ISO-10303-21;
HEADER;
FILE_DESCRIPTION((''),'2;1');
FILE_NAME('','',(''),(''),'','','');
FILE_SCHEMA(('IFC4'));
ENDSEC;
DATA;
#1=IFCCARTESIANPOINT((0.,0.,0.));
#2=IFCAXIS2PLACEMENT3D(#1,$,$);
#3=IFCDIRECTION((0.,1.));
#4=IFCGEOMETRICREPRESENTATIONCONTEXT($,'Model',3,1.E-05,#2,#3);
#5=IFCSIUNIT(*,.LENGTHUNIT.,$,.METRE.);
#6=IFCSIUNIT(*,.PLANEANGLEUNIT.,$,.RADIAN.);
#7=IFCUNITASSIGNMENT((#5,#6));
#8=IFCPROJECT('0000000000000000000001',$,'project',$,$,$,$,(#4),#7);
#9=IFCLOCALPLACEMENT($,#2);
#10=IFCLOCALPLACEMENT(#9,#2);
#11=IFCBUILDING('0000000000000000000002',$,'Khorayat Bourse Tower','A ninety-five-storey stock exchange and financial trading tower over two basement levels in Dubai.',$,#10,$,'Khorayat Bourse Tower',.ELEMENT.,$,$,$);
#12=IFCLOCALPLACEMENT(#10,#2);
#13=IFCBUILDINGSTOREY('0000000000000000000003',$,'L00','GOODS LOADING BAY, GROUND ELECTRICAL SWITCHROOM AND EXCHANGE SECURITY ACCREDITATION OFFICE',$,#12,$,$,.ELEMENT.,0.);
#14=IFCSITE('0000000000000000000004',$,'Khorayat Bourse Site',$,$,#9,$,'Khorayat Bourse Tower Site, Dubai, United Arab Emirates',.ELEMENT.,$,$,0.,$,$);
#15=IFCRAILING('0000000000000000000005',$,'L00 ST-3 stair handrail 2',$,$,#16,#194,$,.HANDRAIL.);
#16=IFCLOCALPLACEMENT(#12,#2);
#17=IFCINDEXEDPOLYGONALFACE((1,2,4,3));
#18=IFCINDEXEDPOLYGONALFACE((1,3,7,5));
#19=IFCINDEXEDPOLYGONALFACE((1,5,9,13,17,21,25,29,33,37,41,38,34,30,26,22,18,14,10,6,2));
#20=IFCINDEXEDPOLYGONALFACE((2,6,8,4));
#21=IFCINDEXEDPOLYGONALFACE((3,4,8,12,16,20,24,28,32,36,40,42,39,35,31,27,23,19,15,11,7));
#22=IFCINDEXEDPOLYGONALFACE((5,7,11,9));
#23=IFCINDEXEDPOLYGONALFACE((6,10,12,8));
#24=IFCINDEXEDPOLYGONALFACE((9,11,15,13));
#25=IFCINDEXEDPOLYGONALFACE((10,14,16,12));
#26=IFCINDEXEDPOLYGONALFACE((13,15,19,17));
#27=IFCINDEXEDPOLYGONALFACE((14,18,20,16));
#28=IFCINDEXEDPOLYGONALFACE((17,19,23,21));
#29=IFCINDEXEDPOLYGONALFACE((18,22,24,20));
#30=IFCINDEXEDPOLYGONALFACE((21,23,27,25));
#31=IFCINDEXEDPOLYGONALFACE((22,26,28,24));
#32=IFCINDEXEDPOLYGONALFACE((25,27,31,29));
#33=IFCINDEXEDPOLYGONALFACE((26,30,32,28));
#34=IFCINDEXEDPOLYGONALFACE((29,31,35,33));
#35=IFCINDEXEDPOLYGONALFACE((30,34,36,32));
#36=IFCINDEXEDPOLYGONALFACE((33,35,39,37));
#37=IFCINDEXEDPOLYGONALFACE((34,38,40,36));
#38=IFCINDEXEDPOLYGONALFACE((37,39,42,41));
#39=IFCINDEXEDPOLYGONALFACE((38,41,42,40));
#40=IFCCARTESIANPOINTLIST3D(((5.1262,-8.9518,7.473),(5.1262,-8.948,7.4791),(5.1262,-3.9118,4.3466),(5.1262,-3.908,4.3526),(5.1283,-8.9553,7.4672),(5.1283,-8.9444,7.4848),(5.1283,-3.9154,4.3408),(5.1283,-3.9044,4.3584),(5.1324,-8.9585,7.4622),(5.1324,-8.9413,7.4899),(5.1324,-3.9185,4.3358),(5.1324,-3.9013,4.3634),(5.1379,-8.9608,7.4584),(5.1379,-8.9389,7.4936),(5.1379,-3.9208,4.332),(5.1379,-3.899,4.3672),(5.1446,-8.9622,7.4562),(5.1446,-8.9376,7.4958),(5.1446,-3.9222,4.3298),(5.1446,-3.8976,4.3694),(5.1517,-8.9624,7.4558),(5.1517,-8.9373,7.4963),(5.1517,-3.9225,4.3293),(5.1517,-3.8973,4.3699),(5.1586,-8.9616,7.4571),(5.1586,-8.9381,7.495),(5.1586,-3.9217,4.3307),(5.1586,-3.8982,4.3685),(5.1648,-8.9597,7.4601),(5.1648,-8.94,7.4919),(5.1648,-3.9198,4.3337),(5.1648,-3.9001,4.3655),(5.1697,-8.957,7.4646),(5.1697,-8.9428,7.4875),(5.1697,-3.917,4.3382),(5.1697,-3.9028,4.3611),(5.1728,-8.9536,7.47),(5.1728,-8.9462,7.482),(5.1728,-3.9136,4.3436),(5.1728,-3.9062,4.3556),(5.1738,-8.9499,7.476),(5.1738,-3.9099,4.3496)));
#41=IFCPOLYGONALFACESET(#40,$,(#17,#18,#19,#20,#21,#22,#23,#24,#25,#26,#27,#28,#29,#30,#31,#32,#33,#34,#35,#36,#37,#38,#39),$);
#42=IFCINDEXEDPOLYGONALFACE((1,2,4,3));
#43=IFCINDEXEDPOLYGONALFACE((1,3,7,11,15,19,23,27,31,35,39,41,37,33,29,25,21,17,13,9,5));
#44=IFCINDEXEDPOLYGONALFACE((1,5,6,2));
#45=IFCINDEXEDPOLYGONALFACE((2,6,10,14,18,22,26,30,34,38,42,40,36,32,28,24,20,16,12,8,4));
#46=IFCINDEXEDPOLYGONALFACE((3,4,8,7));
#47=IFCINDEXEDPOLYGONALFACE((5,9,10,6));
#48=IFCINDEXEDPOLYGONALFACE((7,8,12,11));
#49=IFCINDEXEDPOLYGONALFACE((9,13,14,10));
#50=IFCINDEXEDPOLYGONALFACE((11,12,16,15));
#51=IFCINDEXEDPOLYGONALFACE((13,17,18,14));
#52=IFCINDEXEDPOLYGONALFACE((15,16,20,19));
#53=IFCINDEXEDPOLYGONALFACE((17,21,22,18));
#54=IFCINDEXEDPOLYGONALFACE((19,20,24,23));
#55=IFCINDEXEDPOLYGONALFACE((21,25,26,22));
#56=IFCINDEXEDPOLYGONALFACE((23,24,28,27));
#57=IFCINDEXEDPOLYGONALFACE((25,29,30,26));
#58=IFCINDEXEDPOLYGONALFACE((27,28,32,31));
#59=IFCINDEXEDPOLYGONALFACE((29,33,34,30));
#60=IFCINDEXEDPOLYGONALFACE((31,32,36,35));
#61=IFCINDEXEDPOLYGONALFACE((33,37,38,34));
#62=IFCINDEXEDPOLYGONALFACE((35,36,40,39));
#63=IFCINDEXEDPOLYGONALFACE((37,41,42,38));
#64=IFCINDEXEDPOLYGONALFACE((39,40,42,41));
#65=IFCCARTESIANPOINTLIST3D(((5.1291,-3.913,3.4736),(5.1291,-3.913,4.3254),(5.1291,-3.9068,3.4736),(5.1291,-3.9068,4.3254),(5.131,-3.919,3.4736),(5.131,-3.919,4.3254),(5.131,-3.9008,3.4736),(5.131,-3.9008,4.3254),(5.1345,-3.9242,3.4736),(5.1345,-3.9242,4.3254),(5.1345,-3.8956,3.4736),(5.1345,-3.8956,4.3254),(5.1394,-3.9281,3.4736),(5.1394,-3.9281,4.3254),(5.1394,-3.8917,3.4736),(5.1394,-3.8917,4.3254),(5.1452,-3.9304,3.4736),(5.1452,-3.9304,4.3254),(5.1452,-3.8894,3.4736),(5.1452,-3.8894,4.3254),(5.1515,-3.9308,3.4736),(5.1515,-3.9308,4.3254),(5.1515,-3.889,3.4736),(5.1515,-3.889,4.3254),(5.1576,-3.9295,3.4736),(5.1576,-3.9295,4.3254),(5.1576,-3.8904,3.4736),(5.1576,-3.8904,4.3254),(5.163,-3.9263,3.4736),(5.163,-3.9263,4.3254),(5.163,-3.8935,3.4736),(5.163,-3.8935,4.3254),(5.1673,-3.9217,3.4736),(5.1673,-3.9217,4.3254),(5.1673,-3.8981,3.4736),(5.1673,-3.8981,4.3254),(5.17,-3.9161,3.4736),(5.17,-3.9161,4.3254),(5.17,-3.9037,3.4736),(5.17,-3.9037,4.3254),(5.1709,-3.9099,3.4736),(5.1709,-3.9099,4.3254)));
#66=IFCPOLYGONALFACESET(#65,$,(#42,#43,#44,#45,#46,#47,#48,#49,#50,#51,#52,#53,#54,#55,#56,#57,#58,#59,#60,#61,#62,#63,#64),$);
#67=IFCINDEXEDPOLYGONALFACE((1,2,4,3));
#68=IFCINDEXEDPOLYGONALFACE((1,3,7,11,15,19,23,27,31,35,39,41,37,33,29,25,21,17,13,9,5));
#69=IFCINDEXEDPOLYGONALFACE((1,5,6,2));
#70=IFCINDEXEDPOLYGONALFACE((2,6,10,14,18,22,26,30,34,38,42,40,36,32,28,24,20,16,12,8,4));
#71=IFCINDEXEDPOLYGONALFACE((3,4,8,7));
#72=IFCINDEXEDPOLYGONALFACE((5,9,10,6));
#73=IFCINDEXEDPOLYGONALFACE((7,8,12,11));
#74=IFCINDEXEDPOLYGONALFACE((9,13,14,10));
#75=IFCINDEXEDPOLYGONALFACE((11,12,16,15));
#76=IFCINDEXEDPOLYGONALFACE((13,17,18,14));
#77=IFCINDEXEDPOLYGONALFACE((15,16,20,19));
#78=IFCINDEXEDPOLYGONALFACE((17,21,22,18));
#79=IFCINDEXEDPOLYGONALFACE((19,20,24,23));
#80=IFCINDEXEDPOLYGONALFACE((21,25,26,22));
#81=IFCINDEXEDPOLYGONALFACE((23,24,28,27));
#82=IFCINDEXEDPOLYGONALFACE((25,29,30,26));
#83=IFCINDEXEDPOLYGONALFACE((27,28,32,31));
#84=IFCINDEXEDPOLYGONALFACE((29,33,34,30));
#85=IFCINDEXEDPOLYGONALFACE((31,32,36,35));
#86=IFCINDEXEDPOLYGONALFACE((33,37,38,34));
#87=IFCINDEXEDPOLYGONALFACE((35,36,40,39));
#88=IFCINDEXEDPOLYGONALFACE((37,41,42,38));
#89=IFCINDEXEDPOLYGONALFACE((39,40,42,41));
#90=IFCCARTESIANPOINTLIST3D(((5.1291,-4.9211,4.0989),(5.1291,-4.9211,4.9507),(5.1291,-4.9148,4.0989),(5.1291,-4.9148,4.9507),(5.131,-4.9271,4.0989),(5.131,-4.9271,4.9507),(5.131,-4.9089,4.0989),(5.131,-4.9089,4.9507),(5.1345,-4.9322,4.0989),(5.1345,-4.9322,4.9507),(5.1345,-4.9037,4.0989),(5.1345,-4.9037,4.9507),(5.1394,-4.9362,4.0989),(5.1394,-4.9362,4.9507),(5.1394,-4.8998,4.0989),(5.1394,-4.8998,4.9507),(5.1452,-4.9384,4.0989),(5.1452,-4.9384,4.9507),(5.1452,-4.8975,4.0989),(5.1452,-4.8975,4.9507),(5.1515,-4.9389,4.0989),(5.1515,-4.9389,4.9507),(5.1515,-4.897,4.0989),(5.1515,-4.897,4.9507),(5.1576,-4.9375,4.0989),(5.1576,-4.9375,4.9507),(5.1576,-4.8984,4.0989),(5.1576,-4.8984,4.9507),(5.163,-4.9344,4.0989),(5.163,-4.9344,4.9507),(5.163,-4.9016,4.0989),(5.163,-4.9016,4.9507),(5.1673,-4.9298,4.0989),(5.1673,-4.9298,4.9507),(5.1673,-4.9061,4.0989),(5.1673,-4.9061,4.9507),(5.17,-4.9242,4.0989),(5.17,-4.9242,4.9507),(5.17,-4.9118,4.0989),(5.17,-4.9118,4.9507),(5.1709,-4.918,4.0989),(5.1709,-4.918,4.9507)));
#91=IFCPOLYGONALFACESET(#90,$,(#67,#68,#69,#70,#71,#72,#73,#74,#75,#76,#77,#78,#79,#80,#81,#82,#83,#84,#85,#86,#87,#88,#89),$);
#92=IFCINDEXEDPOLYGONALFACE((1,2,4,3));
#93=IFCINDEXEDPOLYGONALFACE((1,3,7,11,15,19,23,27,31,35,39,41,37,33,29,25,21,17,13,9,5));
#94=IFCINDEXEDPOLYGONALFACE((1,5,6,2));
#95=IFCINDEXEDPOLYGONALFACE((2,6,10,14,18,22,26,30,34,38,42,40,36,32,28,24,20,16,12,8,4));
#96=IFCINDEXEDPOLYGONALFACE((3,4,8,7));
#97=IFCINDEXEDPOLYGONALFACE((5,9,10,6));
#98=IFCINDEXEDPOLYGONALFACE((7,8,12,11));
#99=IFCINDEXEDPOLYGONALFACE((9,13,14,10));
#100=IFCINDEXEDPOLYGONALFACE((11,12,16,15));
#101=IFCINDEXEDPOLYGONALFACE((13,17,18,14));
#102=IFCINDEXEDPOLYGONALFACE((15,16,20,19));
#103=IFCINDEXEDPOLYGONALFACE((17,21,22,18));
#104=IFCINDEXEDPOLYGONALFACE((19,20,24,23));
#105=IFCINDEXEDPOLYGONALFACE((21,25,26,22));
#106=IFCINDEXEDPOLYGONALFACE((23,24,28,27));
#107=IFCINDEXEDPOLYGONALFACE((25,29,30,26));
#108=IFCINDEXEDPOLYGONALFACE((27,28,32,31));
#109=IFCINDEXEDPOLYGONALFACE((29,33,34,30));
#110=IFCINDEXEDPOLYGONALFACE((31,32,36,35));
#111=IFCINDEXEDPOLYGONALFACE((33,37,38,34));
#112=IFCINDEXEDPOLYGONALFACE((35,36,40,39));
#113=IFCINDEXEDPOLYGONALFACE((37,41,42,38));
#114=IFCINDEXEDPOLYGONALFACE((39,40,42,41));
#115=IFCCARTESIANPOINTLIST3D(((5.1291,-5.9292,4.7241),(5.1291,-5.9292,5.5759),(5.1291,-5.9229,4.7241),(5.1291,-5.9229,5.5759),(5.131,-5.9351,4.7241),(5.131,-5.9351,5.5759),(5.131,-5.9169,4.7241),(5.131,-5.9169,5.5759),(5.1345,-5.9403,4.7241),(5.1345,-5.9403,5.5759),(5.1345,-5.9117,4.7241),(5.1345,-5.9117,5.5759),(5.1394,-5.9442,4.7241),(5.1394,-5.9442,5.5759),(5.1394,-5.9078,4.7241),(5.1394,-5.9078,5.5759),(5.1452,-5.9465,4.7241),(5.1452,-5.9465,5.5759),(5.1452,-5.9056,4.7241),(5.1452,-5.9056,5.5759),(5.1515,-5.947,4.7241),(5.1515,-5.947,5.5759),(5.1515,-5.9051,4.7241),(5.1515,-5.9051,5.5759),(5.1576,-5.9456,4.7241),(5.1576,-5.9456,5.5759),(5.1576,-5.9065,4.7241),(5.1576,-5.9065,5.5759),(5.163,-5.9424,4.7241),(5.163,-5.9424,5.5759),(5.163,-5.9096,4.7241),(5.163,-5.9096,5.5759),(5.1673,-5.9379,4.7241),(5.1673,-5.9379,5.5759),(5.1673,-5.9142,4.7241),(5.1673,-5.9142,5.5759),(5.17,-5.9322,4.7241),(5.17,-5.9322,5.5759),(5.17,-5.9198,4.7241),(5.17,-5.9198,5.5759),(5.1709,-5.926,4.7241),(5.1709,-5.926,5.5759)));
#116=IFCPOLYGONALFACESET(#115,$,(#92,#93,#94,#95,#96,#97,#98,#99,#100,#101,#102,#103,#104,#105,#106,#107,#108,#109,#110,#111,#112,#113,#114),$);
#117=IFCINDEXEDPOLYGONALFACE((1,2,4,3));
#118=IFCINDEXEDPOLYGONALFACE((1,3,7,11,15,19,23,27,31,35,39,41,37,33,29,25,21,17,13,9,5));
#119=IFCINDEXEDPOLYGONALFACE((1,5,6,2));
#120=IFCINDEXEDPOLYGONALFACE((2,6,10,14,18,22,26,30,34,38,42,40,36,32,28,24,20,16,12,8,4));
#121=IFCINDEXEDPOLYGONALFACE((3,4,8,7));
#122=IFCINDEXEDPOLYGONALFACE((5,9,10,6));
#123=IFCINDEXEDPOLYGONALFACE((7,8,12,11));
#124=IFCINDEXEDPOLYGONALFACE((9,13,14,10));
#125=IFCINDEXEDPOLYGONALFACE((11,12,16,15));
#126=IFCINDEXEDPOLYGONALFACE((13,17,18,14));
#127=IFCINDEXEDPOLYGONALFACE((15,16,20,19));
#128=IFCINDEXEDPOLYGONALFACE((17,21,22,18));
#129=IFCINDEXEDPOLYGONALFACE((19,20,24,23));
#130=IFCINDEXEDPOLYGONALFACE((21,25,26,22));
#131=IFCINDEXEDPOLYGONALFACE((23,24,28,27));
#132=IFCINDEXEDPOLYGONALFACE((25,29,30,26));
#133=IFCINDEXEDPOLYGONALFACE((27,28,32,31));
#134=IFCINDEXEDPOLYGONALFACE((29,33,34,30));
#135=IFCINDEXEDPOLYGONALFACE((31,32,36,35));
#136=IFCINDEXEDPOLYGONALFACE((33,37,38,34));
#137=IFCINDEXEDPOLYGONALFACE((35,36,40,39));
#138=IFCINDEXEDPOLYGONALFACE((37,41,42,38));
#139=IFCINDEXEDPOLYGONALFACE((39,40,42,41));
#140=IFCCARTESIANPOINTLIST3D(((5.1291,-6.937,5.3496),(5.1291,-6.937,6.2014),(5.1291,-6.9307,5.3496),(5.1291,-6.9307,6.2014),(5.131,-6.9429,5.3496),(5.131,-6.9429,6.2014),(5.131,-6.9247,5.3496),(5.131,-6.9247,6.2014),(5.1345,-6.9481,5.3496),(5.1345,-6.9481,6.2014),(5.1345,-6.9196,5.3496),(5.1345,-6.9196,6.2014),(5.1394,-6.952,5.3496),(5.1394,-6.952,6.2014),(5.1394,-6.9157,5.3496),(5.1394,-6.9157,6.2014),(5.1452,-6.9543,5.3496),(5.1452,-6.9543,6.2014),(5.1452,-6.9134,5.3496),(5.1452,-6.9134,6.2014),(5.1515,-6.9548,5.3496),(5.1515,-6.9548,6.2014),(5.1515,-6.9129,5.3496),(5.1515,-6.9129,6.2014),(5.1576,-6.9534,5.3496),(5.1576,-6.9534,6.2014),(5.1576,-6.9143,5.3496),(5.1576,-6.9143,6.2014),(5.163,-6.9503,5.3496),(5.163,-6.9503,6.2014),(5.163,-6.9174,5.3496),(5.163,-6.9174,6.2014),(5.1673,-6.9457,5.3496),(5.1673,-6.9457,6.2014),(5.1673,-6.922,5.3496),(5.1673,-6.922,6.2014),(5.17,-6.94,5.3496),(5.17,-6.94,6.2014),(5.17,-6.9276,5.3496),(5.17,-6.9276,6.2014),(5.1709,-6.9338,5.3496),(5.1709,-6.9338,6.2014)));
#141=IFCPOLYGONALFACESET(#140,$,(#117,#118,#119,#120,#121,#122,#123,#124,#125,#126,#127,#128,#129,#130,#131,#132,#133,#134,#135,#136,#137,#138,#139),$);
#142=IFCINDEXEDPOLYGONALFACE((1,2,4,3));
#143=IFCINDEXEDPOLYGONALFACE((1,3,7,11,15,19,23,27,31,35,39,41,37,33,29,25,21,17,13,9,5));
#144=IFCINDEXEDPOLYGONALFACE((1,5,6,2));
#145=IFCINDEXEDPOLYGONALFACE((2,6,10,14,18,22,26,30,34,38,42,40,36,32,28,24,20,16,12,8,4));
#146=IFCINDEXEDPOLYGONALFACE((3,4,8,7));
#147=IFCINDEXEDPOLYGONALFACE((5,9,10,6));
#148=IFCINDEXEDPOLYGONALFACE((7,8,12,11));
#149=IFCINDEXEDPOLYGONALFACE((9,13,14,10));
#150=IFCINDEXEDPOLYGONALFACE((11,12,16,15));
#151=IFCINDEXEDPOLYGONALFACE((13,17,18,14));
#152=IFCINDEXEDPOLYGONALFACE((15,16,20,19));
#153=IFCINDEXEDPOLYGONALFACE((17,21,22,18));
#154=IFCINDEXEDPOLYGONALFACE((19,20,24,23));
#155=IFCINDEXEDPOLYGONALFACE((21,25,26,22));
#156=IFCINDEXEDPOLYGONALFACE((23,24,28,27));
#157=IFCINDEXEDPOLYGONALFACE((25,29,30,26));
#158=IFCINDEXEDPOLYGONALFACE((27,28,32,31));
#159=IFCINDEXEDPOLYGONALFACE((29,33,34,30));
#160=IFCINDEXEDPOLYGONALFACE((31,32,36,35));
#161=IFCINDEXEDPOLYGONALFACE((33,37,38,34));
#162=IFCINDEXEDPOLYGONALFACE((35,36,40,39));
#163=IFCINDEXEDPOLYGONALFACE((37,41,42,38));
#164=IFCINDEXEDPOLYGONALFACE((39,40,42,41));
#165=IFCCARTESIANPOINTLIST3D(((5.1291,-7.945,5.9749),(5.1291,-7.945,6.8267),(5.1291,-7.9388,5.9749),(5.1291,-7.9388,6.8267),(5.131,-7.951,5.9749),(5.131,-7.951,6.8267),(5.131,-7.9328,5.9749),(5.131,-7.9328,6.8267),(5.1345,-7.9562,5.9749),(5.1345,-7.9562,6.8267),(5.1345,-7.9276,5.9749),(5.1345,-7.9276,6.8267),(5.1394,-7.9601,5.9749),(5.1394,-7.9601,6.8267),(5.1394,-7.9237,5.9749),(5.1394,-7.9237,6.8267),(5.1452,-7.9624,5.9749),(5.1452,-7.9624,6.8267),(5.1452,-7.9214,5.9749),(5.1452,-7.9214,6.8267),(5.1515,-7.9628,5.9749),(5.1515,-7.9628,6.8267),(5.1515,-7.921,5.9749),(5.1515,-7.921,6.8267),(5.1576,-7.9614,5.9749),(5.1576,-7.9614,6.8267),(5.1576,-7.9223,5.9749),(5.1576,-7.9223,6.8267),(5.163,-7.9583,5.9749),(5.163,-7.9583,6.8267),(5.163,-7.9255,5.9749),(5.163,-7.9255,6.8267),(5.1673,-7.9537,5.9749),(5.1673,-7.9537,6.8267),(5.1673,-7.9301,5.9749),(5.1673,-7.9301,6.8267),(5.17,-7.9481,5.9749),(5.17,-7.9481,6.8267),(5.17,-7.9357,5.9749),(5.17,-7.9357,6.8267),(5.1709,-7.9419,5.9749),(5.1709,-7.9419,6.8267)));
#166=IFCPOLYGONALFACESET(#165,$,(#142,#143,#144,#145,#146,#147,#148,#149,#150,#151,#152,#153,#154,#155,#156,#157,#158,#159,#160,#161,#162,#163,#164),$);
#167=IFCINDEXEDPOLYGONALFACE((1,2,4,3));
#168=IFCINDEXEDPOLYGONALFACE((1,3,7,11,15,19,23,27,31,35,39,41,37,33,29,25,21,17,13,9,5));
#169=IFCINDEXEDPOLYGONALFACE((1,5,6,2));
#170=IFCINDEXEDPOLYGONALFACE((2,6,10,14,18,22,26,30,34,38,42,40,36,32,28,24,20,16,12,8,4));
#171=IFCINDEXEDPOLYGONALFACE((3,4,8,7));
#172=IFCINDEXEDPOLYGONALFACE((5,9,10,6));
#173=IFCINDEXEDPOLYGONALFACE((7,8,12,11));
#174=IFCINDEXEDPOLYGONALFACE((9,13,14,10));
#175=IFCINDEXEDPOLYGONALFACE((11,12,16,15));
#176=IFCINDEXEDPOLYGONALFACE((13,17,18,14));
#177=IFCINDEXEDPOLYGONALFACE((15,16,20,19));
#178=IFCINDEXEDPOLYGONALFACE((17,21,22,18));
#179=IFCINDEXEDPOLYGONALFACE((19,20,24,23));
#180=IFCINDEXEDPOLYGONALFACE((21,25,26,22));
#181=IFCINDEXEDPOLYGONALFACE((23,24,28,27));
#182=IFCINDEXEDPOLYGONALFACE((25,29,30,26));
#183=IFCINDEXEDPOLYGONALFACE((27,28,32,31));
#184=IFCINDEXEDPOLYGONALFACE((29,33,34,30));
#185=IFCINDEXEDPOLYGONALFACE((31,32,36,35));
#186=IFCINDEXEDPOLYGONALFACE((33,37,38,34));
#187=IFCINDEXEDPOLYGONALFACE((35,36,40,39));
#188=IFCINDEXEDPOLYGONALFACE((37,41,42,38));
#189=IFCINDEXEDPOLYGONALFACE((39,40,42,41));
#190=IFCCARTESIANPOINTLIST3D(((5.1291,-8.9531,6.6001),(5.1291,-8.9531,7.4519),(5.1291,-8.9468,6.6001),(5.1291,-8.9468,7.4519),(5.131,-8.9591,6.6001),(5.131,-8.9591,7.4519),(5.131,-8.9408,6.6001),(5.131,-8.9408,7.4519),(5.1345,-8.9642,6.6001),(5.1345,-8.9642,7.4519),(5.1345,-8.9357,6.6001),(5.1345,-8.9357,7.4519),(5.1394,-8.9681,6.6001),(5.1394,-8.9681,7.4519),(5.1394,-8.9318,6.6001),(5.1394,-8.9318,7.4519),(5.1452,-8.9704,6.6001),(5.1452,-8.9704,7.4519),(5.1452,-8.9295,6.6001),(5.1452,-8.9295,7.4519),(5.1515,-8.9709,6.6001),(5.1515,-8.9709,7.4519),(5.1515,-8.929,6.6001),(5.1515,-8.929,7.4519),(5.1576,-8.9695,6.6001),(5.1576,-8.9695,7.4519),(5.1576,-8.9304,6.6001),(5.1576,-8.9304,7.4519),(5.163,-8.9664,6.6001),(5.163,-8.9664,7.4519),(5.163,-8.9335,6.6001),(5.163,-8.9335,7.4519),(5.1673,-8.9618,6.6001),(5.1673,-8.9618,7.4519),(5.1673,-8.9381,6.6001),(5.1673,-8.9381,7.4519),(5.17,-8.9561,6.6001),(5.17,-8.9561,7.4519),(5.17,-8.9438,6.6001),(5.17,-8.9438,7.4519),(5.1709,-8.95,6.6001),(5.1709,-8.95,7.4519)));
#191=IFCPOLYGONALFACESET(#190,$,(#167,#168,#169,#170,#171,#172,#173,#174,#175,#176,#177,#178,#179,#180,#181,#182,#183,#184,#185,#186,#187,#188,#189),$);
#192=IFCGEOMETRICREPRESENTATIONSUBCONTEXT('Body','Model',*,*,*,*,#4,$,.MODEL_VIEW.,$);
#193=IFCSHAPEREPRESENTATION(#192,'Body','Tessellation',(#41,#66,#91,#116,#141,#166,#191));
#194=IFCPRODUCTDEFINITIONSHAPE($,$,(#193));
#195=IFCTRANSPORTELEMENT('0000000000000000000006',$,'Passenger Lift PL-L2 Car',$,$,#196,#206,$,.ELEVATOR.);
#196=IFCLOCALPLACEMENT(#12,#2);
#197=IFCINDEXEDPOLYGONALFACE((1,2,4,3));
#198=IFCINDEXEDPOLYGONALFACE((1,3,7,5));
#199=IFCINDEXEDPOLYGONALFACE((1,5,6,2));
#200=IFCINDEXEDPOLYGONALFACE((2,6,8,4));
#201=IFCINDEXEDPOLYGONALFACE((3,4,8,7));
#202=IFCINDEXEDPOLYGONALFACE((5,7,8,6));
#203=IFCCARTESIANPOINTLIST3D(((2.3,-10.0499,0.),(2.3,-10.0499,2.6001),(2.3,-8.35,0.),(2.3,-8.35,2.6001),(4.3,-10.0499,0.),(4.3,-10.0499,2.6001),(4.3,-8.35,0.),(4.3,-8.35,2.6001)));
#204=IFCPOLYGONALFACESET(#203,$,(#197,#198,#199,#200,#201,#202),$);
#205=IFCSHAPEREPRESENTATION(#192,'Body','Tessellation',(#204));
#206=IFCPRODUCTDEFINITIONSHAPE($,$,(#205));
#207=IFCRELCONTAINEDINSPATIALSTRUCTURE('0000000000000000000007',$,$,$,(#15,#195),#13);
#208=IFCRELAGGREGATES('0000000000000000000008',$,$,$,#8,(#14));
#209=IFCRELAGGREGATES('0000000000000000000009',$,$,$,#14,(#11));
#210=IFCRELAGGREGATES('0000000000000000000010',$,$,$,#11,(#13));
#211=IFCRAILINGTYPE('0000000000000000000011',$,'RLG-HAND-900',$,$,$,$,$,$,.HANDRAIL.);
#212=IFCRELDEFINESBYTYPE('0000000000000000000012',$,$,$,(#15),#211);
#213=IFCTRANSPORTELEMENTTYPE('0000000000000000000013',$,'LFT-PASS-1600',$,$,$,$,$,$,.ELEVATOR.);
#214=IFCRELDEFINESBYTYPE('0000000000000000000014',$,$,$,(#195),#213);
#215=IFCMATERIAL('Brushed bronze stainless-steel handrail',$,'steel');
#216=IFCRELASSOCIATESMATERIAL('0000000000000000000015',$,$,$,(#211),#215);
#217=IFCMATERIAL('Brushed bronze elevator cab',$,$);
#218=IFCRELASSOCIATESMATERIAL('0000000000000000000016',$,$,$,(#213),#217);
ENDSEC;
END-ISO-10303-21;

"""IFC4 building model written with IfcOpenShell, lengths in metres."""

from ifc_helpers import new_model, si_unit, direction, frame, origin, origin_2d, place, context, subcontext, project, spatial, rectangle, circle, extrude, source, transform, mapped, material, type_object, element, save


model = new_model("IFC4")

# Units and contexts
model_context = context("Model", 3, precision=1e-05, world=origin(), true_north=direction((0.0, 1.0)))
body_context = subcontext(model_context, "Body", "Model", "MODEL_VIEW")
ifc_project = project(units=[si_unit("LENGTHUNIT", "METRE"), si_unit("PLANEANGLEUNIT", "RADIAN")], contexts=[model_context])

# Site, building, storey
site_placement = place(None, origin())
site = spatial("IfcSite", under=ifc_project, at=site_placement, Name="Khorayat Bourse Site", LongName="Khorayat Bourse Tower Site, Dubai, United Arab Emirates", CompositionType="ELEMENT", RefElevation=0.0)
building_placement = place(site_placement, origin())
building = spatial("IfcBuilding", under=site, at=building_placement, Name="Khorayat Bourse Tower", Description="A ninety-five-storey stock exchange and financial trading tower over two basement levels in Dubai.", LongName="Khorayat Bourse Tower", CompositionType="ELEMENT")
storey_placement = place(building_placement, origin())
storey = spatial("IfcBuildingStorey", under=building, at=storey_placement, Name="L00", Description="GOODS LOADING BAY, GROUND ELECTRICAL SWITCHROOM AND EXCHANGE SECURITY ACCREDITATION OFFICE", CompositionType="ELEMENT", Elevation=0.0)

# Railing
ifc_material_1 = material(Name="Brushed bronze stainless-steel handrail", Category="steel")
railing_type_1 = type_object("IfcRailingType", Name="RLG-HAND-900", PredefinedType="HANDRAIL", material=ifc_material_1)
shared_shape_1 = source(origin(), body_context, "Body", "SweptSolid", [
    extrude(circle(Radius=0.0239, at=origin_2d()), frame((0.0, 0.0, 0.876), z_axis=(0.0, -0.849779, 0.527139), x_axis=(1.0, 0.0, 0.0)), (0.0, 0.0, 1.0), 5.9309),
    extrude(circle(Radius=0.021, at=origin_2d()), origin(), (0.0, 0.0, 1.0), 0.8518),
    extrude(circle(Radius=0.021, at=origin_2d()), frame((0.0, -1.0081, 0.6252)), (0.0, 0.0, 1.0), 0.8518),
    extrude(circle(Radius=0.021, at=origin_2d()), frame((0.0, -2.0161, 1.2505)), (0.0, 0.0, 1.0), 0.8518),
    extrude(circle(Radius=0.021, at=origin_2d()), frame((0.0, -3.0239, 1.876)), (0.0, 0.0, 1.0), 0.8518),
    extrude(circle(Radius=0.021, at=origin_2d()), frame((0.0, -4.032, 2.5012)), (0.0, 0.0, 1.0), 0.8518),
    extrude(circle(Radius=0.021, at=origin_2d()), frame((0.0, -5.04, 3.1265)), (0.0, 0.0, 1.0), 0.8518),
])
railing_1_placement = place(storey_placement, frame((5.1499, -3.9099, 3.4736)))
element("IfcRailing", 1, at=railing_1_placement, inside=storey, type_object=railing_type_1, Name="L00 ST-3 stair handrail 2", PredefinedType="HANDRAIL", context=body_context, shape_type="MappedRepresentation", body=[
    mapped(shared_shape_1, transform((0.0, 0.0, 0.0), scale=1.0)),
])

# Transport element
ifc_material_2 = material(Name="Brushed bronze elevator cab")
transport_element_type = type_object("IfcTransportElementType", Name="LFT-PASS-1600", PredefinedType="ELEVATOR", material=ifc_material_2)
shared_shape_2 = source(origin(), body_context, "Body", "SweptSolid", [
    extrude(rectangle(XDim=2.0, YDim=1.7, at=origin_2d()), origin(), (0.0, 0.0, 1.0), 2.6001),
])
for number, where, z_axis, x_axis, name in (
    (2, (3.3, -9.2, 0.0), (0.0, 0.0, 1.0), (1.0, 0.0, 0.0), "Passenger Lift PL-L2 Car"),
):
    element("IfcTransportElement", number, at=place(storey_placement, frame(where, z_axis=z_axis, x_axis=x_axis)), inside=storey, type_object=transport_element_type, Name=name, PredefinedType="ELEVATOR", context=body_context, shape_type="MappedRepresentation", body=[
        mapped(shared_shape_2, transform((0.0, 0.0, 0.0), scale=1.0)),
    ])

save(model, "model.ifc")
